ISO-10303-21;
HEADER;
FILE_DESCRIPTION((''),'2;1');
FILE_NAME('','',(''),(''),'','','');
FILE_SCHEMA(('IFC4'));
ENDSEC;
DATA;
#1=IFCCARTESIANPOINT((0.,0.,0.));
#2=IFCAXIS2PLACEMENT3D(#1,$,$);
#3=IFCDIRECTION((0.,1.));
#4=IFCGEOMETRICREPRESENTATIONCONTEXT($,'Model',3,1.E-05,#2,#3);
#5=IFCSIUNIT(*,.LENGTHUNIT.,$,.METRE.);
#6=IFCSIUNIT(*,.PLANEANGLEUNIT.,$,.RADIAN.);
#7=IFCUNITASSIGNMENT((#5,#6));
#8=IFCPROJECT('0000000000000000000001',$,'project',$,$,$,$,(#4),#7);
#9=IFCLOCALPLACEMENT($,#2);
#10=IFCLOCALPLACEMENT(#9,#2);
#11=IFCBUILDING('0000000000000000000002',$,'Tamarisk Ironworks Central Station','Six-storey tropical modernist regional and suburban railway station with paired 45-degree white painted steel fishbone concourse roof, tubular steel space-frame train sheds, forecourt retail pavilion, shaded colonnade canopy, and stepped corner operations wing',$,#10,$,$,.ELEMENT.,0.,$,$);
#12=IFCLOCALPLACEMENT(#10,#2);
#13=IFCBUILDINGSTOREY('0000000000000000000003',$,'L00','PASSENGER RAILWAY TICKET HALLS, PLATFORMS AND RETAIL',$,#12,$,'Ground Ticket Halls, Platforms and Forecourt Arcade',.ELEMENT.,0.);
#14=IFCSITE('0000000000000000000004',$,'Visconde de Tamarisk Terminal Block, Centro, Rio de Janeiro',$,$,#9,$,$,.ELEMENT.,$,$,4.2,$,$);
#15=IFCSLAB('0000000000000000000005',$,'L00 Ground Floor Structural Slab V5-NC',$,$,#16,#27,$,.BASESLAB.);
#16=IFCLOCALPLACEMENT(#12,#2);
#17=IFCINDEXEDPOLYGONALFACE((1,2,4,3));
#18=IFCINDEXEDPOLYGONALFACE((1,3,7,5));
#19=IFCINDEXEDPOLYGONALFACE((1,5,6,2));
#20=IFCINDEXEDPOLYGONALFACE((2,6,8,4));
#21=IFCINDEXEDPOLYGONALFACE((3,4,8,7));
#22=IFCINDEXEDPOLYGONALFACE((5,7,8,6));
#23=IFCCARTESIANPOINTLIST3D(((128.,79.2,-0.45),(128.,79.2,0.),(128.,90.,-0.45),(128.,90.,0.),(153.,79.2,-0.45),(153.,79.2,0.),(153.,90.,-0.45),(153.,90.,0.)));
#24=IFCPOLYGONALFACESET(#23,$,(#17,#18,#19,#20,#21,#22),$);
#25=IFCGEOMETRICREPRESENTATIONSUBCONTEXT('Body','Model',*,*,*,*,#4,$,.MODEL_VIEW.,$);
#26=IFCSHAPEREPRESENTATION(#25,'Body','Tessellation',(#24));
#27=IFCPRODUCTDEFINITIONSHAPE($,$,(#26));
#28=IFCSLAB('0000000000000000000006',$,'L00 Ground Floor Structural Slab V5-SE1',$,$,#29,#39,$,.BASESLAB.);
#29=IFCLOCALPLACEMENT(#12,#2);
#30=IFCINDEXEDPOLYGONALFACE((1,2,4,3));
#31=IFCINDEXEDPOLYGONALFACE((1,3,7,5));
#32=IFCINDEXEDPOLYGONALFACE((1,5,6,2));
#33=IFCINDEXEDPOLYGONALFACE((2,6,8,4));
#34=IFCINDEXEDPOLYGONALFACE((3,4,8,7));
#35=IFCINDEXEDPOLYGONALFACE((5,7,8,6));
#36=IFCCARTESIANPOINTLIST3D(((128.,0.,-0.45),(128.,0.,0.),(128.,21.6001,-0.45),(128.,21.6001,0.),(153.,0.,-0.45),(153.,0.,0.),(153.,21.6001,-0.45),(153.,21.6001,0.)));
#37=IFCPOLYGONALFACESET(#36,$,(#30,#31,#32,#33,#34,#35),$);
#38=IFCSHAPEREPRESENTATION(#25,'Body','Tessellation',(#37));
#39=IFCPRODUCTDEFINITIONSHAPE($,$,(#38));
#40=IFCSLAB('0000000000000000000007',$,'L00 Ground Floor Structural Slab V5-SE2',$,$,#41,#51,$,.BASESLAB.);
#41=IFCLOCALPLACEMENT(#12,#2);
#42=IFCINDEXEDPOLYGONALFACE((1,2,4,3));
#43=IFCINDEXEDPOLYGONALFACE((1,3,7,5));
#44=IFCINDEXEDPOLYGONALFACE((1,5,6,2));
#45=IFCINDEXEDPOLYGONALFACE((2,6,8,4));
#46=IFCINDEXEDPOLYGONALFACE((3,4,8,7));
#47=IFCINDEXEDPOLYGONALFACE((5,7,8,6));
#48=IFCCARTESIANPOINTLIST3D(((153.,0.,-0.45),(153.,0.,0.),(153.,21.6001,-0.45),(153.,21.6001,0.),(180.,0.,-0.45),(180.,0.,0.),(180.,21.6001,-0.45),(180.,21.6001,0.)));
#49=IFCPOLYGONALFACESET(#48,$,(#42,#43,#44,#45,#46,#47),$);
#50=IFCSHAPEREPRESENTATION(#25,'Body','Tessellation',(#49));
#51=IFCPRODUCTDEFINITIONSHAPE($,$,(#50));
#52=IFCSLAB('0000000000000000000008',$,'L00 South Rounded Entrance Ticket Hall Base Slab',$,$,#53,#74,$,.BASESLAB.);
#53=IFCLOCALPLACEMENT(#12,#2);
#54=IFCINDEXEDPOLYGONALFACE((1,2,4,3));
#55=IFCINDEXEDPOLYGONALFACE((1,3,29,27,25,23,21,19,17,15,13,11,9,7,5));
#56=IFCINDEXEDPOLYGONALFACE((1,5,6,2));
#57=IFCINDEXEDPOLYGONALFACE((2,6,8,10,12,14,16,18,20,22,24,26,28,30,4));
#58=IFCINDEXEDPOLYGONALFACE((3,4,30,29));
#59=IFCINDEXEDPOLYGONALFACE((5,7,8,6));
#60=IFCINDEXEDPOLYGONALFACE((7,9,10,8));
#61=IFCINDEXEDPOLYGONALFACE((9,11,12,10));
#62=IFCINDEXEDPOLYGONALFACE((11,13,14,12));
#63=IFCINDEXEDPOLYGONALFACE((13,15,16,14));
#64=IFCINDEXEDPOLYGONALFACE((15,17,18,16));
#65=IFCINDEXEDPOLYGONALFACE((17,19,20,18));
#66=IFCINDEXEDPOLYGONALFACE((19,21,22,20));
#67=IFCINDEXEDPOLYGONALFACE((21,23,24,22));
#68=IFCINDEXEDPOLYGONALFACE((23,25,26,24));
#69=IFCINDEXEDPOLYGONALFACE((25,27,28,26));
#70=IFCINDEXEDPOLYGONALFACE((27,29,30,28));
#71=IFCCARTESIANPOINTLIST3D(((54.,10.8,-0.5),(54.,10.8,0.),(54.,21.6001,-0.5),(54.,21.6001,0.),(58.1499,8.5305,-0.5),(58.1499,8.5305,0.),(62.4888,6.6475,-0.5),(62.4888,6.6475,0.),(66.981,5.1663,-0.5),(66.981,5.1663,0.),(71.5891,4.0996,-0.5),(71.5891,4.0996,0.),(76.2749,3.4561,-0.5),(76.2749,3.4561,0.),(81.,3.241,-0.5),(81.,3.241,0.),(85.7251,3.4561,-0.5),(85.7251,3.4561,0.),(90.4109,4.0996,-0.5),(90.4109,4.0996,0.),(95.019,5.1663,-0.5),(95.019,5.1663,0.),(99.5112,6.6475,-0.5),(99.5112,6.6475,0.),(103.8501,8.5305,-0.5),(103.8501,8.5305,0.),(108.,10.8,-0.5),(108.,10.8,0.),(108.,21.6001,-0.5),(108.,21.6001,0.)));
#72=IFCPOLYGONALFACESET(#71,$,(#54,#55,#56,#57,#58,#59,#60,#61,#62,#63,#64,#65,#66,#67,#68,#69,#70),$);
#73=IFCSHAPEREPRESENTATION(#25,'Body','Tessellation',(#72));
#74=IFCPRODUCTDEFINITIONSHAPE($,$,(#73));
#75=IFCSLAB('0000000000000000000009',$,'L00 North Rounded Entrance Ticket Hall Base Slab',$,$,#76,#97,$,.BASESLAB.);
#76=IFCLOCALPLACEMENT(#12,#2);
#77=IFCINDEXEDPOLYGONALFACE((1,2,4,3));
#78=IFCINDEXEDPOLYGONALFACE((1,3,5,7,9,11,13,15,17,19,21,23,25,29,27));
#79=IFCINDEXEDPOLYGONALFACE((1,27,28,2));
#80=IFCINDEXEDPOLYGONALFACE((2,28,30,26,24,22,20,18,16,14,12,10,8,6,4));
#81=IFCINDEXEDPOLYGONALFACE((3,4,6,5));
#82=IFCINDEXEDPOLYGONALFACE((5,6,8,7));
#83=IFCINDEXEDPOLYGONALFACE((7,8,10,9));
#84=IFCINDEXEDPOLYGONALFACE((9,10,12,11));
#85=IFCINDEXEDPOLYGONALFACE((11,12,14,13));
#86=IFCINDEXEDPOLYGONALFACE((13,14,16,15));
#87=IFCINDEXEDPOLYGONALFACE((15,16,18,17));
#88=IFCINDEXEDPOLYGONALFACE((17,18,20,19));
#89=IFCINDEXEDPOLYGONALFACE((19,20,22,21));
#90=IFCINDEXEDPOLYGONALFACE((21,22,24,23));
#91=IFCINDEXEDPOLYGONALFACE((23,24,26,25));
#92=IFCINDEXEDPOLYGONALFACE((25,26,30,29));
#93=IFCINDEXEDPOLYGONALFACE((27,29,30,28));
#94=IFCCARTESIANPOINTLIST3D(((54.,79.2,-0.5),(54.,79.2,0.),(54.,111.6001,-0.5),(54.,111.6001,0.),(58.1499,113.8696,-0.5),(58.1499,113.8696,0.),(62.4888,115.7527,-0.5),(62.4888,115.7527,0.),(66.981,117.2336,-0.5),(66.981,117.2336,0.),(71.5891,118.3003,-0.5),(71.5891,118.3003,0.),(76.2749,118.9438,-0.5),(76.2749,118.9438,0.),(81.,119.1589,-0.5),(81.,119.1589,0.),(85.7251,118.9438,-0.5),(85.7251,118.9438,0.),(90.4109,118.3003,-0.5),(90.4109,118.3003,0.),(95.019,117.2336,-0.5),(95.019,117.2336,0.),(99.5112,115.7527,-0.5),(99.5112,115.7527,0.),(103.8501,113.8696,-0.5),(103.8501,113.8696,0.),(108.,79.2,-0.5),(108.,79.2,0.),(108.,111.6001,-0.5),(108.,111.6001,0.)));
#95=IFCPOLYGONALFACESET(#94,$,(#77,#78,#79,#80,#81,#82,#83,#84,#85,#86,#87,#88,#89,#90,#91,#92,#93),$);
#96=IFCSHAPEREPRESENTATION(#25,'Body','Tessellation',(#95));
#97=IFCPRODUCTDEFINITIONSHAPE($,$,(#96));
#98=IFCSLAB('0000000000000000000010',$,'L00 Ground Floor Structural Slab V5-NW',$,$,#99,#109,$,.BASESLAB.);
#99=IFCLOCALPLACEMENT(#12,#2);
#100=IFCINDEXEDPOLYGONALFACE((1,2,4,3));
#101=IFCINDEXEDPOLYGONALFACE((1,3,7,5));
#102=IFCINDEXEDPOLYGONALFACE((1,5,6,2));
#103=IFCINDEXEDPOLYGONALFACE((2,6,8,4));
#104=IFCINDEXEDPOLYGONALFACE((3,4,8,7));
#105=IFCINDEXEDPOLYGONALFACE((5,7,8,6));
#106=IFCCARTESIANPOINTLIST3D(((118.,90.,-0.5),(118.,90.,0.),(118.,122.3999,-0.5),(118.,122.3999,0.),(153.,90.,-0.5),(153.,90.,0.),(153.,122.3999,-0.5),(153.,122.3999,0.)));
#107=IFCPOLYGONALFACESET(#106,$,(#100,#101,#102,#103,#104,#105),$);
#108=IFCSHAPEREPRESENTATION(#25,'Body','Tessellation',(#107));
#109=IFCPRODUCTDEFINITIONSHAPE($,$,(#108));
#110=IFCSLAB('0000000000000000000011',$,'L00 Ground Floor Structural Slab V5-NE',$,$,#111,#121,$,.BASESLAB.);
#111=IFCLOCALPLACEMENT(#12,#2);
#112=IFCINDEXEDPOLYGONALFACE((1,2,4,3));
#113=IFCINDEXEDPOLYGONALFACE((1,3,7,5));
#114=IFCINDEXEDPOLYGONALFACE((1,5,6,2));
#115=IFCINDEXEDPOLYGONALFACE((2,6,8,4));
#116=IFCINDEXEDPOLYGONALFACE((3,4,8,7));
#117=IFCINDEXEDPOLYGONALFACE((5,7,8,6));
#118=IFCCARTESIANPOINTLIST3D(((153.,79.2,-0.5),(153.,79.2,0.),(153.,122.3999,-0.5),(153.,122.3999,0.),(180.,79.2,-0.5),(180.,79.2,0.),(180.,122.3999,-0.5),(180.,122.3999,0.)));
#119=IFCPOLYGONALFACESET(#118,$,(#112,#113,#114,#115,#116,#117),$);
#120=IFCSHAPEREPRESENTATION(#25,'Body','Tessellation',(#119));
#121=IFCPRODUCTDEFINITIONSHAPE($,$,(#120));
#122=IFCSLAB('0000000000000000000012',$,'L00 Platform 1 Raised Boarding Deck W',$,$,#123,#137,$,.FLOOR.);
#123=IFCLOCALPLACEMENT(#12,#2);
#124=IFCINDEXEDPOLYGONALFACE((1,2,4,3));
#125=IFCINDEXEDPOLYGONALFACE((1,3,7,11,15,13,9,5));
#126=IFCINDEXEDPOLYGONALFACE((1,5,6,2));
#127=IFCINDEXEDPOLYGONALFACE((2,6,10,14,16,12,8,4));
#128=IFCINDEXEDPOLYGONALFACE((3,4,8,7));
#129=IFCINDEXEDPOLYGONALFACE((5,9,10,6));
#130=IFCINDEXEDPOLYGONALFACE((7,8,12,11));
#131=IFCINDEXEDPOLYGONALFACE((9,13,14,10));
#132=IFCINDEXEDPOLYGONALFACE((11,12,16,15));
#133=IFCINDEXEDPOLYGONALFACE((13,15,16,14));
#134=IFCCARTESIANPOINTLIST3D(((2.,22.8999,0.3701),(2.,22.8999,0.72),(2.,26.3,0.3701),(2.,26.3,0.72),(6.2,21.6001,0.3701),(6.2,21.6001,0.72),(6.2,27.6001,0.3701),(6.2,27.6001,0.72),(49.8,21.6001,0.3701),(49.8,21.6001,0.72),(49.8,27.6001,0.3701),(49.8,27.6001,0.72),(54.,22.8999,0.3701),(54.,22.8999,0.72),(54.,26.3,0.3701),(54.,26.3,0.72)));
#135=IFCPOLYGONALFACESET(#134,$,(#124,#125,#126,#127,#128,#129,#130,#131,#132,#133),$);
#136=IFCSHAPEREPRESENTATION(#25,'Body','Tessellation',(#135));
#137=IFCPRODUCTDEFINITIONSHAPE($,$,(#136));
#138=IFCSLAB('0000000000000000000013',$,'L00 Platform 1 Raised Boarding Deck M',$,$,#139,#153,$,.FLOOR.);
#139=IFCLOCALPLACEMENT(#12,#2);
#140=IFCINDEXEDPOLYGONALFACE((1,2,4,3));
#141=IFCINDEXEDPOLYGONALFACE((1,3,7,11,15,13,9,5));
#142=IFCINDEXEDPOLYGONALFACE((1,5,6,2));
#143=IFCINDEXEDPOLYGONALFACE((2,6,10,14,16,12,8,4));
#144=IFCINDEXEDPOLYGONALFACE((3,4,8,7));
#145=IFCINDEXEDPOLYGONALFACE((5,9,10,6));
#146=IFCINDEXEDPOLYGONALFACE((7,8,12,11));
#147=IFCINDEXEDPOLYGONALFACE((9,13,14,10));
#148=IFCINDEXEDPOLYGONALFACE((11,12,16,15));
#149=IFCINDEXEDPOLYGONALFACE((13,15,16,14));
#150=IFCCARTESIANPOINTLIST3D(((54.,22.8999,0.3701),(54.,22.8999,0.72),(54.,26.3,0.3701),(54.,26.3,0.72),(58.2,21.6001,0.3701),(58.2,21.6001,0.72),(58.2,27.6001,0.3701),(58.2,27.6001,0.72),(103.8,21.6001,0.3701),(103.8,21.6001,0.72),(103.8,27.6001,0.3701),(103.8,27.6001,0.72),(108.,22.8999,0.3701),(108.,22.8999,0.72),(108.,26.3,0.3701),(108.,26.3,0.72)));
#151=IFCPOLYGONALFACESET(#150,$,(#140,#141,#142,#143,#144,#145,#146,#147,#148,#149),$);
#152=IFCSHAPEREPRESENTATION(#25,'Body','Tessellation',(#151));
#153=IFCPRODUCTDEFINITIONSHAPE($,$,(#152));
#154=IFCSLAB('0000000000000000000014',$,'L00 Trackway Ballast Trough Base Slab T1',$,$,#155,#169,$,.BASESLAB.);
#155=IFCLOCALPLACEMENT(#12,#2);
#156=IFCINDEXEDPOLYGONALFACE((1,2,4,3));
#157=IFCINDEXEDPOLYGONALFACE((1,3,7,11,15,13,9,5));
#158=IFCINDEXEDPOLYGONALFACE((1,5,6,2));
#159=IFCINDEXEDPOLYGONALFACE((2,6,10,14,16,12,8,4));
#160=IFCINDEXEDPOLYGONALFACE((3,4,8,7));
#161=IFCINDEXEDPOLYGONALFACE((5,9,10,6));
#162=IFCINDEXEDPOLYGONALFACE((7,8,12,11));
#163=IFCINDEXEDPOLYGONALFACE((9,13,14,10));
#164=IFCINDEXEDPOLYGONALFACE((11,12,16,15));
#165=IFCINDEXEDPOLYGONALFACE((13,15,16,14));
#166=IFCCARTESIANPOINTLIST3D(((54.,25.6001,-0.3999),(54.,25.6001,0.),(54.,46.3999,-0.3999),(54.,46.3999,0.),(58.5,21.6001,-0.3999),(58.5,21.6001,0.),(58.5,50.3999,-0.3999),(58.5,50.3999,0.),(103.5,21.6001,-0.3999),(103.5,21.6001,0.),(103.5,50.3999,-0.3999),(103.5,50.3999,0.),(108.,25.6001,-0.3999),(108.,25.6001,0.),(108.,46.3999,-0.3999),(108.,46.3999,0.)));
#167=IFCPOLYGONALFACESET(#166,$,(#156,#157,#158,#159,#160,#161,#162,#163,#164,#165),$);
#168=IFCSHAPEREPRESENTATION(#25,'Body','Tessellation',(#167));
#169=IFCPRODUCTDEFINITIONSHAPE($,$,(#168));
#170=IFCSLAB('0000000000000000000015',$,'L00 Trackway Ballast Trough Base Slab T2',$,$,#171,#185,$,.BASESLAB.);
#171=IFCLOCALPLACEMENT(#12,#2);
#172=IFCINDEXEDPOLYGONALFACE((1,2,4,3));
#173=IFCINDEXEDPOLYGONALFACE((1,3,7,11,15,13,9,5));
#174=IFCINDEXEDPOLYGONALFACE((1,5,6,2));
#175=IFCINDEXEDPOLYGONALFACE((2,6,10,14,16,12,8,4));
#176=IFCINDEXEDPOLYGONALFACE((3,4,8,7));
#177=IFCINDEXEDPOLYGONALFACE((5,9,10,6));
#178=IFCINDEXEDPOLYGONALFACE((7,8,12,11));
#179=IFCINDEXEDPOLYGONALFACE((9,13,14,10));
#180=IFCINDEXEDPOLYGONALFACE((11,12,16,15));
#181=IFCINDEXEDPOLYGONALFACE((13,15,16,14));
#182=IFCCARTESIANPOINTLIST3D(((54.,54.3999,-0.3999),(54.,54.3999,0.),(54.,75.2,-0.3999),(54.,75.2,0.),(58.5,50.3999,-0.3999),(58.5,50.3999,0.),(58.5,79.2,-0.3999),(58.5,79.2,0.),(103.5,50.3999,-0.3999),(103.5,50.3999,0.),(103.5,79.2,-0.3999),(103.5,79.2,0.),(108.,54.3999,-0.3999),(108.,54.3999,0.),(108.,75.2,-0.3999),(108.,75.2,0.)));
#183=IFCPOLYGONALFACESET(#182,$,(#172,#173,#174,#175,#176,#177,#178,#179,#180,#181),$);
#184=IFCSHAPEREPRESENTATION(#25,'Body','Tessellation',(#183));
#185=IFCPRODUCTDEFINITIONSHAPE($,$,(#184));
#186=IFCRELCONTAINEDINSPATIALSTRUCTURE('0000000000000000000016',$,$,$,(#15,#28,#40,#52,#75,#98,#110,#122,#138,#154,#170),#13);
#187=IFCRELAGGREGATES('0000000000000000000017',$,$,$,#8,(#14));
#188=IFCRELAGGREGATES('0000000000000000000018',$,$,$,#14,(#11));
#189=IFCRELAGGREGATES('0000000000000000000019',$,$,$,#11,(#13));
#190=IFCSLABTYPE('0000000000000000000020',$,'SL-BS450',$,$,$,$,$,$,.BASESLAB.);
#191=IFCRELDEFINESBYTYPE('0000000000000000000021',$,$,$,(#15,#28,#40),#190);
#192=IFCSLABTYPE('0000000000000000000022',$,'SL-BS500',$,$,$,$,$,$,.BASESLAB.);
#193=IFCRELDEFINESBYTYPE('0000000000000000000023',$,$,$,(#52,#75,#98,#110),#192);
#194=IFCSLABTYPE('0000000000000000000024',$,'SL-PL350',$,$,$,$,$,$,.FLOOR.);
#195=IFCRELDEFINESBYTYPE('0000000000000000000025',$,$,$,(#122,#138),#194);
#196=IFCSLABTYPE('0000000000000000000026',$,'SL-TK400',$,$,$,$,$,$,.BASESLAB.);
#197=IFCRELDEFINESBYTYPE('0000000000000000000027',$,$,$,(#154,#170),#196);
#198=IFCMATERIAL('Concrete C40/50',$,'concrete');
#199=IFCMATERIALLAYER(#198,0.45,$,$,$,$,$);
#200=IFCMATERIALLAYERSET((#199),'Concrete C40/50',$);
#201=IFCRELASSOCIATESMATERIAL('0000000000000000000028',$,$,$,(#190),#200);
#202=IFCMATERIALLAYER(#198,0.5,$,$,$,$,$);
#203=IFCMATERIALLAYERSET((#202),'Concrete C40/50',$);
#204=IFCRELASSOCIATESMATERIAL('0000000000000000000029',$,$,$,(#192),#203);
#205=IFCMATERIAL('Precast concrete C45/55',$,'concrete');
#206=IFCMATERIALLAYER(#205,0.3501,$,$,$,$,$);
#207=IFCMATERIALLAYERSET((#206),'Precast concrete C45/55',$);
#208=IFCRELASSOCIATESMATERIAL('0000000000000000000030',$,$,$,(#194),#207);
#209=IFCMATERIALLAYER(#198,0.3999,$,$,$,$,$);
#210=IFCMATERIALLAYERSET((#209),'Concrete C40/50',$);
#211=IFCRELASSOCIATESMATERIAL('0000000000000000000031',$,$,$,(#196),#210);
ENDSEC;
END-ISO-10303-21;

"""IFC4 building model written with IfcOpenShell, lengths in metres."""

from ifc_helpers import new_model, si_unit, direction, frame, origin, place, context, subcontext, project, spatial, polyline, outline, extrude, material, layer, layer_set, type_object, element, save


model = new_model("IFC4")

# Units and contexts
model_context = context("Model", 3, precision=1e-05, world=origin(), true_north=direction((0.0, 1.0)))
body_context = subcontext(model_context, "Body", "Model", "MODEL_VIEW")
ifc_project = project(units=[si_unit("LENGTHUNIT", "METRE"), si_unit("PLANEANGLEUNIT", "RADIAN")], contexts=[model_context])

# Site, building, storey
site_placement = place(None, origin())
site = spatial("IfcSite", under=ifc_project, at=site_placement, Name="Visconde de Tamarisk Terminal Block, Centro, Rio de Janeiro", CompositionType="ELEMENT", RefElevation=4.2)
building_placement = place(site_placement, origin())
building = spatial("IfcBuilding", under=site, at=building_placement, Name="Tamarisk Ironworks Central Station", Description="Six-storey tropical modernist regional and suburban railway station with paired 45-degree white painted steel fishbone concourse roof, tubular steel space-frame train sheds, forecourt retail pavilion, shaded colonnade canopy, and stepped corner operations wing", CompositionType="ELEMENT", ElevationOfRefHeight=0.0)
storey_placement = place(building_placement, origin())
storey = spatial("IfcBuildingStorey", under=building, at=storey_placement, Name="L00", Description="PASSENGER RAILWAY TICKET HALLS, PLATFORMS AND RETAIL", LongName="Ground Ticket Halls, Platforms and Forecourt Arcade", CompositionType="ELEMENT", Elevation=0.0)

# Shared definitions
ifc_material_1 = material(Name="Concrete C40/50", Category="concrete")

# Slabs
ifc_layer_1 = layer(ifc_material_1, 0.45)
ifc_layer_set_1 = layer_set([ifc_layer_1], Name="Concrete C40/50")
slab_type_1 = type_object("IfcSlabType", Name="SL-BS450", PredefinedType="BASESLAB", material=ifc_layer_set_1)
slab_1_placement = place(storey_placement, frame((0.0, 0.0, -0.45)))
element("IfcSlab", 1, at=slab_1_placement, inside=storey, type_object=slab_type_1, Name="L00 Ground Floor Structural Slab V5-NC", PredefinedType="BASESLAB", context=body_context, shape_type="SweptSolid", body=[
    extrude(outline(polyline([(128.0, 79.2), (153.0, 79.2), (153.0, 90.0), (128.0, 90.0), (128.0, 79.2)])), origin(), (0.0, 0.0, 1.0), 0.45),
])
slab_2_placement = place(storey_placement, frame((0.0, 0.0, -0.45)))
element("IfcSlab", 2, at=slab_2_placement, inside=storey, type_object=slab_type_1, Name="L00 Ground Floor Structural Slab V5-SE1", PredefinedType="BASESLAB", context=body_context, shape_type="SweptSolid", body=[
    extrude(outline(polyline([(128.0, 0.0), (153.0, 0.0), (153.0, 21.6001), (128.0, 21.6001), (128.0, 0.0)])), origin(), (0.0, 0.0, 1.0), 0.45),
])
slab_3_placement = place(storey_placement, frame((0.0, 0.0, -0.45)))
element("IfcSlab", 3, at=slab_3_placement, inside=storey, type_object=slab_type_1, Name="L00 Ground Floor Structural Slab V5-SE2", PredefinedType="BASESLAB", context=body_context, shape_type="SweptSolid", body=[
    extrude(outline(polyline([(153.0, 0.0), (180.0, 0.0), (180.0, 21.6001), (153.0, 21.6001), (153.0, 0.0)])), origin(), (0.0, 0.0, 1.0), 0.45),
])
ifc_layer_2 = layer(ifc_material_1, 0.5)
ifc_layer_set_2 = layer_set([ifc_layer_2], Name="Concrete C40/50")
slab_type_2 = type_object("IfcSlabType", Name="SL-BS500", PredefinedType="BASESLAB", material=ifc_layer_set_2)
slab_4_placement = place(storey_placement, frame((0.0, 0.0, -0.5)))
element("IfcSlab", 4, at=slab_4_placement, inside=storey, type_object=slab_type_2, Name="L00 South Rounded Entrance Ticket Hall Base Slab", PredefinedType="BASESLAB", context=body_context, shape_type="SweptSolid", body=[
    extrude(outline(polyline([(54.0, 10.8), (58.1499, 8.5305), (62.4888, 6.6475), (66.981, 5.1663), (71.5891, 4.0996), (76.2749, 3.4561), (81.0, 3.241), (85.7251, 3.4561), (90.4109, 4.0996), (95.019, 5.1663), (99.5112, 6.6475), (103.8501, 8.5305), (108.0, 10.8), (108.0, 21.6001), (54.0, 21.6001), (54.0, 10.8)])), origin(), (0.0, 0.0, 1.0), 0.5),
])
slab_5_placement = place(storey_placement, frame((0.0, 0.0, -0.5)))
element("IfcSlab", 5, at=slab_5_placement, inside=storey, type_object=slab_type_2, Name="L00 North Rounded Entrance Ticket Hall Base Slab", PredefinedType="BASESLAB", context=body_context, shape_type="SweptSolid", body=[
    extrude(outline(polyline([(54.0, 79.2), (108.0, 79.2), (108.0, 111.6001), (103.8501, 113.8696), (99.5112, 115.7527), (95.019, 117.2336), (90.4109, 118.3003), (85.7251, 118.9438), (81.0, 119.1589), (76.2749, 118.9438), (71.5891, 118.3003), (66.981, 117.2336), (62.4888, 115.7527), (58.1499, 113.8696), (54.0, 111.6001), (54.0, 79.2)])), origin(), (0.0, 0.0, 1.0), 0.5),
])
slab_6_placement = place(storey_placement, frame((0.0, 0.0, -0.5)))
element("IfcSlab", 6, at=slab_6_placement, inside=storey, type_object=slab_type_2, Name="L00 Ground Floor Structural Slab V5-NW", PredefinedType="BASESLAB", context=body_context, shape_type="SweptSolid", body=[
    extrude(outline(polyline([(118.0, 90.0), (153.0, 90.0), (153.0, 122.3999), (118.0, 122.3999), (118.0, 90.0)])), origin(), (0.0, 0.0, 1.0), 0.5),
])
slab_7_placement = place(storey_placement, frame((0.0, 0.0, -0.5)))
element("IfcSlab", 7, at=slab_7_placement, inside=storey, type_object=slab_type_2, Name="L00 Ground Floor Structural Slab V5-NE", PredefinedType="BASESLAB", context=body_context, shape_type="SweptSolid", body=[
    extrude(outline(polyline([(153.0, 79.2), (180.0, 79.2), (180.0, 122.3999), (153.0, 122.3999), (153.0, 79.2)])), origin(), (0.0, 0.0, 1.0), 0.5),
])
ifc_material_2 = material(Name="Precast concrete C45/55", Category="concrete")
ifc_layer_3 = layer(ifc_material_2, 0.3501)
ifc_layer_set_3 = layer_set([ifc_layer_3], Name="Precast concrete C45/55")
slab_type_3 = type_object("IfcSlabType", Name="SL-PL350", PredefinedType="FLOOR", material=ifc_layer_set_3)
slab_8_placement = place(storey_placement, frame((0.0, 0.0, 0.3701)))
element("IfcSlab", 8, at=slab_8_placement, inside=storey, type_object=slab_type_3, Name="L00 Platform 1 Raised Boarding Deck W", PredefinedType="FLOOR", context=body_context, shape_type="SweptSolid", body=[
    extrude(outline(polyline([(6.2, 21.6001), (49.8, 21.6001), (54.0, 22.8999), (54.0, 26.3), (49.8, 27.6001), (6.2, 27.6001), (2.0, 26.3), (2.0, 22.8999), (6.2, 21.6001)])), origin(), (0.0, 0.0, 1.0), 0.3499),
])
slab_9_placement = place(storey_placement, frame((0.0, 0.0, 0.3701)))
element("IfcSlab", 9, at=slab_9_placement, inside=storey, type_object=slab_type_3, Name="L00 Platform 1 Raised Boarding Deck M", PredefinedType="FLOOR", context=body_context, shape_type="SweptSolid", body=[
    extrude(outline(polyline([(58.2, 21.6001), (103.8, 21.6001), (108.0, 22.8999), (108.0, 26.3), (103.8, 27.6001), (58.2, 27.6001), (54.0, 26.3), (54.0, 22.8999), (58.2, 21.6001)])), origin(), (0.0, 0.0, 1.0), 0.3499),
])
ifc_layer_4 = layer(ifc_material_1, 0.3999)
ifc_layer_set_4 = layer_set([ifc_layer_4], Name="Concrete C40/50")
slab_type_4 = type_object("IfcSlabType", Name="SL-TK400", PredefinedType="BASESLAB", material=ifc_layer_set_4)
slab_10_placement = place(storey_placement, frame((0.0, 0.0, -0.3999)))
element("IfcSlab", 10, at=slab_10_placement, inside=storey, type_object=slab_type_4, Name="L00 Trackway Ballast Trough Base Slab T1", PredefinedType="BASESLAB", context=body_context, shape_type="SweptSolid", body=[
    extrude(outline(polyline([(58.5, 21.6001), (103.5, 21.6001), (108.0, 25.6001), (108.0, 46.3999), (103.5, 50.3999), (58.5, 50.3999), (54.0, 46.3999), (54.0, 25.6001), (58.5, 21.6001)])), origin(), (0.0, 0.0, 1.0), 0.3999),
])
slab_11_placement = place(storey_placement, frame((0.0, 0.0, -0.3999)))
element("IfcSlab", 11, at=slab_11_placement, inside=storey, type_object=slab_type_4, Name="L00 Trackway Ballast Trough Base Slab T2", PredefinedType="BASESLAB", context=body_context, shape_type="SweptSolid", body=[
    extrude(outline(polyline([(58.5, 50.3999), (103.5, 50.3999), (108.0, 54.3999), (108.0, 75.2), (103.5, 79.2), (58.5, 79.2), (54.0, 75.2), (54.0, 54.3999), (58.5, 50.3999)])), origin(), (0.0, 0.0, 1.0), 0.3999),
])

save(model, "model.ifc")
